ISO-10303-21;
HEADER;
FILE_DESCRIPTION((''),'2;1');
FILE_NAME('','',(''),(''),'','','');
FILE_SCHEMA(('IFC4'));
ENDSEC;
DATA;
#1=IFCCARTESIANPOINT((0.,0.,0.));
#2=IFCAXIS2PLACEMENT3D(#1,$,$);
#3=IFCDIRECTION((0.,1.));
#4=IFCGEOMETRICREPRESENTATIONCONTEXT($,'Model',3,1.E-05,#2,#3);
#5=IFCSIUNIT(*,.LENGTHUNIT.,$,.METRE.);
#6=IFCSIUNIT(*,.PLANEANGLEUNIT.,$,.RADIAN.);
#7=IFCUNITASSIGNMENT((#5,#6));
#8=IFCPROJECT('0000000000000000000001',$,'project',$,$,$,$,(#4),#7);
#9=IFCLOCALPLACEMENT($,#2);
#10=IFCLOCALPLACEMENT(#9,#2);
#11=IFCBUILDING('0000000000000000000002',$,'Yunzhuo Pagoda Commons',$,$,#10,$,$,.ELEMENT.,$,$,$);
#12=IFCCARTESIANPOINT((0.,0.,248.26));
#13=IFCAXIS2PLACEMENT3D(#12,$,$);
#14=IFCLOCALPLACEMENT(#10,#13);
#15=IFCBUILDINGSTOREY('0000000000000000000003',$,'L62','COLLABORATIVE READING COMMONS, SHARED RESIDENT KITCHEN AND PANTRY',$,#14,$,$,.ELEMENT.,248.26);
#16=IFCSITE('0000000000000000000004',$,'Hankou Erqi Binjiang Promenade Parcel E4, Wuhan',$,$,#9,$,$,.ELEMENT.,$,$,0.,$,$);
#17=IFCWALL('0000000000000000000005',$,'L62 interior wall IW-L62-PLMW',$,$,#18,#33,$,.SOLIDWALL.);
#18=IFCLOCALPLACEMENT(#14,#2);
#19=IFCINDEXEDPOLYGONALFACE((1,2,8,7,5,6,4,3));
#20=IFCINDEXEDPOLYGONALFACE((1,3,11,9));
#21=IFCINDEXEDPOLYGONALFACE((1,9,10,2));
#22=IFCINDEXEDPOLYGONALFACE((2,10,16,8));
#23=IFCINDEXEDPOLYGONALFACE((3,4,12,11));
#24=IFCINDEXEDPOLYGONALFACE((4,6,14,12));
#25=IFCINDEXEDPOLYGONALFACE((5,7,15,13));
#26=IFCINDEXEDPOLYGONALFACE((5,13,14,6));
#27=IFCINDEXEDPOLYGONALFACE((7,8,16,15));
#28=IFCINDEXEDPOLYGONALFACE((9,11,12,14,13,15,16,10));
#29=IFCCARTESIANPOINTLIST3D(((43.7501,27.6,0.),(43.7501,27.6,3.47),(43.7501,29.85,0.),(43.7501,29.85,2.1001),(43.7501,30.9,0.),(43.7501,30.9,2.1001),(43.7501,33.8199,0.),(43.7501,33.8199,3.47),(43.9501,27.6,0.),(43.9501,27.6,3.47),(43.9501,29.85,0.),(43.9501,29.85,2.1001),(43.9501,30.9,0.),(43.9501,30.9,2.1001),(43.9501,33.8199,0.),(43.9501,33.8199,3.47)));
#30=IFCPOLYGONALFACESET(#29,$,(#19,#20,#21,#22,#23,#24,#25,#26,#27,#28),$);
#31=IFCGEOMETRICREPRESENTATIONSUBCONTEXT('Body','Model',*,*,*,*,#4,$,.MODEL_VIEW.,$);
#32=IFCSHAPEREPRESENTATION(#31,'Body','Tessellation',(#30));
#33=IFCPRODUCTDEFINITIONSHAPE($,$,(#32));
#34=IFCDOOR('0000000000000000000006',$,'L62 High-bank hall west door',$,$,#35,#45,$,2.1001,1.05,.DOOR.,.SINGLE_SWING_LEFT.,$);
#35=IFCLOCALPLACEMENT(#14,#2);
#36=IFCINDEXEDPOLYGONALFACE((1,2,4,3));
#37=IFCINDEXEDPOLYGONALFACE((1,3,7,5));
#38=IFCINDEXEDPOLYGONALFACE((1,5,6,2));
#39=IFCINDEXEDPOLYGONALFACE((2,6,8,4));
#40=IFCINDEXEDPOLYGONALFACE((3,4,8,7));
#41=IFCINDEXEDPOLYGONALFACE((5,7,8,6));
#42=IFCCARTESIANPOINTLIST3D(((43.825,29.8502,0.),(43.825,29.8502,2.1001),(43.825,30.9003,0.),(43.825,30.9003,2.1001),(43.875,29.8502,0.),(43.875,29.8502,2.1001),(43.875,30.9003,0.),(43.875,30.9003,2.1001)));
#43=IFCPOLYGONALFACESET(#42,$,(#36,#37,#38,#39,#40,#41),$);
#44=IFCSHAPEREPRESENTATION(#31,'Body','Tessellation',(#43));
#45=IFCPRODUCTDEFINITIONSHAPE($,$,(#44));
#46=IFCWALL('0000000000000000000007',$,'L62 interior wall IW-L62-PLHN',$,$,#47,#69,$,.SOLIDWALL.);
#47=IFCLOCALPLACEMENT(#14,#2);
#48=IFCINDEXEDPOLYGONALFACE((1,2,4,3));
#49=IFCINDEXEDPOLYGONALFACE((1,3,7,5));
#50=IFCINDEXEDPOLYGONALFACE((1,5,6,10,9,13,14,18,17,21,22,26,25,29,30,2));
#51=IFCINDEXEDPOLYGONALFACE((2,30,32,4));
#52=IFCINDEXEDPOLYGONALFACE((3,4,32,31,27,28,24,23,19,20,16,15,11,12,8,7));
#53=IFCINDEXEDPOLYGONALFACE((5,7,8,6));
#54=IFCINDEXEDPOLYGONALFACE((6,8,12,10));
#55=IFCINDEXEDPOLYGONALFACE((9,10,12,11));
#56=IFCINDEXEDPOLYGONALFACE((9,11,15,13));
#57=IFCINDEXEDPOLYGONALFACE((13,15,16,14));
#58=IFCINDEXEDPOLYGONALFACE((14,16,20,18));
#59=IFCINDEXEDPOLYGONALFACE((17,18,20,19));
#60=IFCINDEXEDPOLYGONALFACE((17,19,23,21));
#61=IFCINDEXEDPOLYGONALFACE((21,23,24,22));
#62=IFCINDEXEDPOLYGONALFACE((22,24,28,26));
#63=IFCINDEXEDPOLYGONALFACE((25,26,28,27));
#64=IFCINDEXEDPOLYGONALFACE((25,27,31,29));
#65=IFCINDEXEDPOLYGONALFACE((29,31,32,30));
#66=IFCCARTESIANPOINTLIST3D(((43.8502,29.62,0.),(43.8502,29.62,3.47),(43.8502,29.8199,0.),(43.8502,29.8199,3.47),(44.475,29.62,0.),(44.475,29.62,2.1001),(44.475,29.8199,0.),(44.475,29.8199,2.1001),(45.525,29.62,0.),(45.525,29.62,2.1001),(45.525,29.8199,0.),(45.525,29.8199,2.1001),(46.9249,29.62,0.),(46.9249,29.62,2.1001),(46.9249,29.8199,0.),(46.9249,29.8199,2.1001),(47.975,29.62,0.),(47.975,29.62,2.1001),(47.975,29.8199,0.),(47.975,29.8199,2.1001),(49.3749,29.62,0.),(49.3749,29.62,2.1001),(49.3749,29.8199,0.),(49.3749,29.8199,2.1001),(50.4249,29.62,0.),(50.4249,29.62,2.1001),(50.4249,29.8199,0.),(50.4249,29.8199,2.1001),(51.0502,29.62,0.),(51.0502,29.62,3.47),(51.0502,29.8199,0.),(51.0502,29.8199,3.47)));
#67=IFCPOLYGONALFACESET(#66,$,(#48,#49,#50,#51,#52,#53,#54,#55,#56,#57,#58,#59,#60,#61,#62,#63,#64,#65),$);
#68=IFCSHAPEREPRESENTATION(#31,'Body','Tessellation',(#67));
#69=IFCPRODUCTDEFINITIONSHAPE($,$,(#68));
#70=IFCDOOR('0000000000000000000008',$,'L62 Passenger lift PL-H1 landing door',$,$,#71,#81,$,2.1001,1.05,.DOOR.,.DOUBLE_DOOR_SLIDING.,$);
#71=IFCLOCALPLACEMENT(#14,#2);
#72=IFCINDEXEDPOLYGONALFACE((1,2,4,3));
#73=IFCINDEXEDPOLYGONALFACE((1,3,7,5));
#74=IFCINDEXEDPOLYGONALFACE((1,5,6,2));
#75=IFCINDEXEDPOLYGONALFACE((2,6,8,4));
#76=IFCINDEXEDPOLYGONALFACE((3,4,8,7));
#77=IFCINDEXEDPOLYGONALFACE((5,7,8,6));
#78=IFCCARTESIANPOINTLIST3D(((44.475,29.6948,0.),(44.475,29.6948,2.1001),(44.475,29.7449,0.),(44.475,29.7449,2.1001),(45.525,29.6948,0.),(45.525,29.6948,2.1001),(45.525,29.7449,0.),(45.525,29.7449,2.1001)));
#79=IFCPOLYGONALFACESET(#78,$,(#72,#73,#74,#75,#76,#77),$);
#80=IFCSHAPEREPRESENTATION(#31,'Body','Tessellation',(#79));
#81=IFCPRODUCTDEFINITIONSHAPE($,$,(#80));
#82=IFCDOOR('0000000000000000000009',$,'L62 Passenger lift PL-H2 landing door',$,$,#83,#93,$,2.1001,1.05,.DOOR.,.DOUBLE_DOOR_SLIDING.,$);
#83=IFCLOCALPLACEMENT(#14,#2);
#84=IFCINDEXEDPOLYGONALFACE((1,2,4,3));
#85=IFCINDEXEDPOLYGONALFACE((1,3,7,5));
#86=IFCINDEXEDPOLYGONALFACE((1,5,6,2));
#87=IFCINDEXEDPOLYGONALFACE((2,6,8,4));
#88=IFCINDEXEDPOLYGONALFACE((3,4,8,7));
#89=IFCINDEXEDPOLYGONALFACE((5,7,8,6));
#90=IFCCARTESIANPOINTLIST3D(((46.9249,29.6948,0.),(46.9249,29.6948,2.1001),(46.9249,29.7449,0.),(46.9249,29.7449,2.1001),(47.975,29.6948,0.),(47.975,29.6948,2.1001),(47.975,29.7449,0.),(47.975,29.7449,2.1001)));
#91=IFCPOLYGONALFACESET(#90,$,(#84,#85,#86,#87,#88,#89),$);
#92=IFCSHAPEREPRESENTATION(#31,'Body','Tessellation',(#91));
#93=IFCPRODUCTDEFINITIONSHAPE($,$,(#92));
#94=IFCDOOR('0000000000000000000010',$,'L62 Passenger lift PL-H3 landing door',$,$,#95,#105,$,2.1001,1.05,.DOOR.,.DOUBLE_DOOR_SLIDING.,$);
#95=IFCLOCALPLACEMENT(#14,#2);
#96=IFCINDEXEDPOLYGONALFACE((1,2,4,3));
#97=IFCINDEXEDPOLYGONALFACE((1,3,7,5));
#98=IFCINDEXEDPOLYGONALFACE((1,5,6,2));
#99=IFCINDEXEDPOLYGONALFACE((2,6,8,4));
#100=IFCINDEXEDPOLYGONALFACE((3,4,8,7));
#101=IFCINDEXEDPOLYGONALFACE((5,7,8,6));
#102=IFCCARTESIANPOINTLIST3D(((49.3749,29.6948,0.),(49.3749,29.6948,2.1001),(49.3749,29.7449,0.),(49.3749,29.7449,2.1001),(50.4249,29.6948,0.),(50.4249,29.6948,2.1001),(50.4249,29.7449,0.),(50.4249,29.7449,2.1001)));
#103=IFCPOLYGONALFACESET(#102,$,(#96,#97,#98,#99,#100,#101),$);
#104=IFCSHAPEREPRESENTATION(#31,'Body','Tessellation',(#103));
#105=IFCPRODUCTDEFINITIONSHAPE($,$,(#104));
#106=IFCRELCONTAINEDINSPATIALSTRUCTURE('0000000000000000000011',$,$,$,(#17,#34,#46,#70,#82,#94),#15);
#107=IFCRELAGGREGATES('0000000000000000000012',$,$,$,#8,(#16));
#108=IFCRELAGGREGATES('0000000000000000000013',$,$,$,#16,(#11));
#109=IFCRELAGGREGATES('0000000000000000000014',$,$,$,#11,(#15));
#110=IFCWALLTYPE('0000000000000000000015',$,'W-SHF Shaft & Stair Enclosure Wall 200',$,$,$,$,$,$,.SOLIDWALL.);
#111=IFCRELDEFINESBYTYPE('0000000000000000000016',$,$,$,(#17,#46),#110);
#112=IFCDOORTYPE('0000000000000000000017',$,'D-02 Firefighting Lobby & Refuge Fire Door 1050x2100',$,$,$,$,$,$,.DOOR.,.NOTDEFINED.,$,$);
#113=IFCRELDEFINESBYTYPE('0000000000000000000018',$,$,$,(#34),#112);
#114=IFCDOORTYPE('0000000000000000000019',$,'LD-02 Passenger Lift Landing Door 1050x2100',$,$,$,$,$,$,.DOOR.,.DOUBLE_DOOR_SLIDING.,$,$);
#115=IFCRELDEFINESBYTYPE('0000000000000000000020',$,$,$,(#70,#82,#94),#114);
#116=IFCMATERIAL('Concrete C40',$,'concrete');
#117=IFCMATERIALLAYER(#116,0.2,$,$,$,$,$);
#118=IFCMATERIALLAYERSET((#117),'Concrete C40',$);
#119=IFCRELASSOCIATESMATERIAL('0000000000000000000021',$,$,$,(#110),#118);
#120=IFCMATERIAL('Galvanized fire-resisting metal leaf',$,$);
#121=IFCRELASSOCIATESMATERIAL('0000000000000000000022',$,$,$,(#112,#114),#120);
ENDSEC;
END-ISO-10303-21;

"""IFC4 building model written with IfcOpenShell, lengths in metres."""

from ifc_helpers import new_model, si_unit, direction, frame, frame_2d, origin, origin_with_axes, place, context, subcontext, project, spatial, rectangle, extrude, source, transform, mapped, material, layer, layer_set, type_object, element, fill, save


model = new_model("IFC4")

# Units and contexts
model_context = context("Model", 3, precision=1e-05, world=origin(), true_north=direction((0.0, 1.0)))
body_context = subcontext(model_context, "Body", "Model", "MODEL_VIEW")
ifc_project = project(units=[si_unit("LENGTHUNIT", "METRE"), si_unit("PLANEANGLEUNIT", "RADIAN")], contexts=[model_context])

# Site, building, storey
site_placement = place(None, origin())
site = spatial("IfcSite", under=ifc_project, at=site_placement, Name="Hankou Erqi Binjiang Promenade Parcel E4, Wuhan", CompositionType="ELEMENT", RefElevation=0.0)
building_placement = place(site_placement, origin())
building = spatial("IfcBuilding", under=site, at=building_placement, Name="Yunzhuo Pagoda Commons", CompositionType="ELEMENT")
storey_placement = place(building_placement, frame((0.0, 0.0, 248.26)))
storey = spatial("IfcBuildingStorey", under=building, at=storey_placement, Name="L62", Description="COLLABORATIVE READING COMMONS, SHARED RESIDENT KITCHEN AND PANTRY", CompositionType="ELEMENT", Elevation=248.26)

# Shared definitions
ifc_material_1 = material(Name="Galvanized fire-resisting metal leaf")

# Wall, opening, door
ifc_material_2 = material(Name="Concrete C40", Category="concrete")
ifc_layer_1 = layer(ifc_material_2, 0.2)
ifc_layer_set_1 = layer_set([ifc_layer_1], Name="Concrete C40")
wall_type_1 = type_object("IfcWallType", Name="W-SHF Shaft & Stair Enclosure Wall 200", PredefinedType="SOLIDWALL", material=ifc_layer_set_1)
wall_1_placement = place(storey_placement, frame((43.8501, 27.6001, 0.0), z_axis=(0.0, 0.0, 1.0), x_axis=(0.0, 1.0, 0.0)))
wall_1 = element("IfcWall", 1, at=wall_1_placement, inside=storey, type_object=wall_type_1, Name="L62 interior wall IW-L62-PLMW", PredefinedType="SOLIDWALL", context=body_context, shape_type="SweptSolid", body=[
    extrude(rectangle(XDim=6.22, YDim=0.2, at=frame_2d((3.1099, 0.0))), origin(), (0.0, 0.0, 1.0), 3.47),
])
opening_1_placement = place(wall_1_placement, frame((2.25, 0.0, 0.0)))
opening_1 = element("IfcOpeningElement", 2, at=opening_1_placement, cuts=wall_1, PredefinedType="OPENING", context=body_context, shape_type="SweptSolid", body=[
    extrude(rectangle(XDim=1.05, YDim=2.1001, at=frame_2d((0.5249, 1.05))), frame((0.0, 0.1099, 0.0), z_axis=(0.0, -1.0, 0.0), x_axis=(1.0, 0.0, 0.0)), (0.0, 0.0, 1.0), 0.22),
])
door_type_1 = type_object("IfcDoorType", Name="D-02 Firefighting Lobby & Refuge Fire Door 1050x2100", OperationType="NOTDEFINED", PredefinedType="DOOR", material=ifc_material_1)
shared_shape_1 = source(origin(), body_context, "Body", "SweptSolid", [
    extrude(rectangle(XDim=1.05, YDim=2.1001, at=frame_2d((0.5249, 1.05))), frame((0.0, 0.0249, 0.0), z_axis=(0.0, -1.0, 0.0), x_axis=(1.0, 0.0, 0.0)), (0.0, 0.0, 1.0), 0.05),
])
door_1_placement = place(opening_1_placement, frame((1.05, 0.0, 0.0), z_axis=(0.0, 0.0, 1.0), x_axis=(-1.0, 0.0, 0.0)))
door_1 = element("IfcDoor", 3, at=door_1_placement, inside=storey, type_object=door_type_1, Name="L62 High-bank hall west door", OperationType="SINGLE_SWING_LEFT", OverallHeight=2.1001, OverallWidth=1.05, PredefinedType="DOOR", context=body_context, shape_type="MappedRepresentation", body=[
    mapped(shared_shape_1, transform((0.0, 0.0, 0.0), scale=1.0)),
])
fill(opening_1, door_1)

# Wall, openings, doors
wall_2_placement = place(storey_placement, frame((43.8501, 29.72, 0.0), z_axis=(0.0, 0.0, 1.0), x_axis=(1.0, 0.0, 0.0)))
wall_2 = element("IfcWall", 4, at=wall_2_placement, inside=storey, type_object=wall_type_1, Name="L62 interior wall IW-L62-PLHN", PredefinedType="SOLIDWALL", context=body_context, shape_type="SweptSolid", body=[
    extrude(rectangle(XDim=7.2, YDim=0.2, at=frame_2d((3.6001, 0.0))), origin(), (0.0, 0.0, 1.0), 3.47),
])
opening_2_placement = place(wall_2_placement, frame((0.625, 0.0, 0.0)))
opening_2 = element("IfcOpeningElement", 5, at=opening_2_placement, cuts=wall_2, PredefinedType="OPENING", context=body_context, shape_type="SweptSolid", body=[
    extrude(rectangle(XDim=1.05, YDim=2.1001, at=frame_2d((0.5249, 1.05))), frame((0.0, 0.1099, 0.0), z_axis=(0.0, -1.0, 0.0), x_axis=(1.0, 0.0, 0.0)), (0.0, 0.0, 1.0), 0.22),
])
opening_3_placement = place(wall_2_placement, frame((3.075, 0.0, 0.0)))
opening_3 = element("IfcOpeningElement", 6, at=opening_3_placement, cuts=wall_2, PredefinedType="OPENING", context=body_context, shape_type="SweptSolid", body=[
    extrude(rectangle(XDim=1.05, YDim=2.1001, at=frame_2d((0.5249, 1.05))), frame((0.0, 0.1099, 0.0), z_axis=(0.0, -1.0, 0.0), x_axis=(1.0, 0.0, 0.0)), (0.0, 0.0, 1.0), 0.22),
])
opening_4_placement = place(wall_2_placement, frame((5.5249, 0.0, 0.0)))
opening_4 = element("IfcOpeningElement", 7, at=opening_4_placement, cuts=wall_2, PredefinedType="OPENING", context=body_context, shape_type="SweptSolid", body=[
    extrude(rectangle(XDim=1.05, YDim=2.1001, at=frame_2d((0.5249, 1.05))), frame((0.0, 0.1099, 0.0), z_axis=(0.0, -1.0, 0.0), x_axis=(1.0, 0.0, 0.0)), (0.0, 0.0, 1.0), 0.22),
])
door_type_2 = type_object("IfcDoorType", Name="LD-02 Passenger Lift Landing Door 1050x2100", OperationType="DOUBLE_DOOR_SLIDING", PredefinedType="DOOR", material=ifc_material_1)
door_2_placement = place(opening_2_placement, origin_with_axes())
door_2 = element("IfcDoor", 8, at=door_2_placement, inside=storey, type_object=door_type_2, Name="L62 Passenger lift PL-H1 landing door", OperationType="DOUBLE_DOOR_SLIDING", OverallHeight=2.1001, OverallWidth=1.05, PredefinedType="DOOR", context=body_context, shape_type="MappedRepresentation", body=[
    mapped(shared_shape_1, transform((0.0, 0.0, 0.0), scale=1.0)),
])
fill(opening_2, door_2)
door_3_placement = place(opening_3_placement, origin_with_axes())
door_3 = element("IfcDoor", 9, at=door_3_placement, inside=storey, type_object=door_type_2, Name="L62 Passenger lift PL-H2 landing door", OperationType="DOUBLE_DOOR_SLIDING", OverallHeight=2.1001, OverallWidth=1.05, PredefinedType="DOOR", context=body_context, shape_type="MappedRepresentation", body=[
    mapped(shared_shape_1, transform((0.0, 0.0, 0.0), scale=1.0)),
])
fill(opening_3, door_3)
door_4_placement = place(opening_4_placement, origin_with_axes())
door_4 = element("IfcDoor", 10, at=door_4_placement, inside=storey, type_object=door_type_2, Name="L62 Passenger lift PL-H3 landing door", OperationType="DOUBLE_DOOR_SLIDING", OverallHeight=2.1001, OverallWidth=1.05, PredefinedType="DOOR", context=body_context, shape_type="MappedRepresentation", body=[
    mapped(shared_shape_1, transform((0.0, 0.0, 0.0), scale=1.0)),
])
fill(opening_4, door_4)

save(model, "model.ifc")
